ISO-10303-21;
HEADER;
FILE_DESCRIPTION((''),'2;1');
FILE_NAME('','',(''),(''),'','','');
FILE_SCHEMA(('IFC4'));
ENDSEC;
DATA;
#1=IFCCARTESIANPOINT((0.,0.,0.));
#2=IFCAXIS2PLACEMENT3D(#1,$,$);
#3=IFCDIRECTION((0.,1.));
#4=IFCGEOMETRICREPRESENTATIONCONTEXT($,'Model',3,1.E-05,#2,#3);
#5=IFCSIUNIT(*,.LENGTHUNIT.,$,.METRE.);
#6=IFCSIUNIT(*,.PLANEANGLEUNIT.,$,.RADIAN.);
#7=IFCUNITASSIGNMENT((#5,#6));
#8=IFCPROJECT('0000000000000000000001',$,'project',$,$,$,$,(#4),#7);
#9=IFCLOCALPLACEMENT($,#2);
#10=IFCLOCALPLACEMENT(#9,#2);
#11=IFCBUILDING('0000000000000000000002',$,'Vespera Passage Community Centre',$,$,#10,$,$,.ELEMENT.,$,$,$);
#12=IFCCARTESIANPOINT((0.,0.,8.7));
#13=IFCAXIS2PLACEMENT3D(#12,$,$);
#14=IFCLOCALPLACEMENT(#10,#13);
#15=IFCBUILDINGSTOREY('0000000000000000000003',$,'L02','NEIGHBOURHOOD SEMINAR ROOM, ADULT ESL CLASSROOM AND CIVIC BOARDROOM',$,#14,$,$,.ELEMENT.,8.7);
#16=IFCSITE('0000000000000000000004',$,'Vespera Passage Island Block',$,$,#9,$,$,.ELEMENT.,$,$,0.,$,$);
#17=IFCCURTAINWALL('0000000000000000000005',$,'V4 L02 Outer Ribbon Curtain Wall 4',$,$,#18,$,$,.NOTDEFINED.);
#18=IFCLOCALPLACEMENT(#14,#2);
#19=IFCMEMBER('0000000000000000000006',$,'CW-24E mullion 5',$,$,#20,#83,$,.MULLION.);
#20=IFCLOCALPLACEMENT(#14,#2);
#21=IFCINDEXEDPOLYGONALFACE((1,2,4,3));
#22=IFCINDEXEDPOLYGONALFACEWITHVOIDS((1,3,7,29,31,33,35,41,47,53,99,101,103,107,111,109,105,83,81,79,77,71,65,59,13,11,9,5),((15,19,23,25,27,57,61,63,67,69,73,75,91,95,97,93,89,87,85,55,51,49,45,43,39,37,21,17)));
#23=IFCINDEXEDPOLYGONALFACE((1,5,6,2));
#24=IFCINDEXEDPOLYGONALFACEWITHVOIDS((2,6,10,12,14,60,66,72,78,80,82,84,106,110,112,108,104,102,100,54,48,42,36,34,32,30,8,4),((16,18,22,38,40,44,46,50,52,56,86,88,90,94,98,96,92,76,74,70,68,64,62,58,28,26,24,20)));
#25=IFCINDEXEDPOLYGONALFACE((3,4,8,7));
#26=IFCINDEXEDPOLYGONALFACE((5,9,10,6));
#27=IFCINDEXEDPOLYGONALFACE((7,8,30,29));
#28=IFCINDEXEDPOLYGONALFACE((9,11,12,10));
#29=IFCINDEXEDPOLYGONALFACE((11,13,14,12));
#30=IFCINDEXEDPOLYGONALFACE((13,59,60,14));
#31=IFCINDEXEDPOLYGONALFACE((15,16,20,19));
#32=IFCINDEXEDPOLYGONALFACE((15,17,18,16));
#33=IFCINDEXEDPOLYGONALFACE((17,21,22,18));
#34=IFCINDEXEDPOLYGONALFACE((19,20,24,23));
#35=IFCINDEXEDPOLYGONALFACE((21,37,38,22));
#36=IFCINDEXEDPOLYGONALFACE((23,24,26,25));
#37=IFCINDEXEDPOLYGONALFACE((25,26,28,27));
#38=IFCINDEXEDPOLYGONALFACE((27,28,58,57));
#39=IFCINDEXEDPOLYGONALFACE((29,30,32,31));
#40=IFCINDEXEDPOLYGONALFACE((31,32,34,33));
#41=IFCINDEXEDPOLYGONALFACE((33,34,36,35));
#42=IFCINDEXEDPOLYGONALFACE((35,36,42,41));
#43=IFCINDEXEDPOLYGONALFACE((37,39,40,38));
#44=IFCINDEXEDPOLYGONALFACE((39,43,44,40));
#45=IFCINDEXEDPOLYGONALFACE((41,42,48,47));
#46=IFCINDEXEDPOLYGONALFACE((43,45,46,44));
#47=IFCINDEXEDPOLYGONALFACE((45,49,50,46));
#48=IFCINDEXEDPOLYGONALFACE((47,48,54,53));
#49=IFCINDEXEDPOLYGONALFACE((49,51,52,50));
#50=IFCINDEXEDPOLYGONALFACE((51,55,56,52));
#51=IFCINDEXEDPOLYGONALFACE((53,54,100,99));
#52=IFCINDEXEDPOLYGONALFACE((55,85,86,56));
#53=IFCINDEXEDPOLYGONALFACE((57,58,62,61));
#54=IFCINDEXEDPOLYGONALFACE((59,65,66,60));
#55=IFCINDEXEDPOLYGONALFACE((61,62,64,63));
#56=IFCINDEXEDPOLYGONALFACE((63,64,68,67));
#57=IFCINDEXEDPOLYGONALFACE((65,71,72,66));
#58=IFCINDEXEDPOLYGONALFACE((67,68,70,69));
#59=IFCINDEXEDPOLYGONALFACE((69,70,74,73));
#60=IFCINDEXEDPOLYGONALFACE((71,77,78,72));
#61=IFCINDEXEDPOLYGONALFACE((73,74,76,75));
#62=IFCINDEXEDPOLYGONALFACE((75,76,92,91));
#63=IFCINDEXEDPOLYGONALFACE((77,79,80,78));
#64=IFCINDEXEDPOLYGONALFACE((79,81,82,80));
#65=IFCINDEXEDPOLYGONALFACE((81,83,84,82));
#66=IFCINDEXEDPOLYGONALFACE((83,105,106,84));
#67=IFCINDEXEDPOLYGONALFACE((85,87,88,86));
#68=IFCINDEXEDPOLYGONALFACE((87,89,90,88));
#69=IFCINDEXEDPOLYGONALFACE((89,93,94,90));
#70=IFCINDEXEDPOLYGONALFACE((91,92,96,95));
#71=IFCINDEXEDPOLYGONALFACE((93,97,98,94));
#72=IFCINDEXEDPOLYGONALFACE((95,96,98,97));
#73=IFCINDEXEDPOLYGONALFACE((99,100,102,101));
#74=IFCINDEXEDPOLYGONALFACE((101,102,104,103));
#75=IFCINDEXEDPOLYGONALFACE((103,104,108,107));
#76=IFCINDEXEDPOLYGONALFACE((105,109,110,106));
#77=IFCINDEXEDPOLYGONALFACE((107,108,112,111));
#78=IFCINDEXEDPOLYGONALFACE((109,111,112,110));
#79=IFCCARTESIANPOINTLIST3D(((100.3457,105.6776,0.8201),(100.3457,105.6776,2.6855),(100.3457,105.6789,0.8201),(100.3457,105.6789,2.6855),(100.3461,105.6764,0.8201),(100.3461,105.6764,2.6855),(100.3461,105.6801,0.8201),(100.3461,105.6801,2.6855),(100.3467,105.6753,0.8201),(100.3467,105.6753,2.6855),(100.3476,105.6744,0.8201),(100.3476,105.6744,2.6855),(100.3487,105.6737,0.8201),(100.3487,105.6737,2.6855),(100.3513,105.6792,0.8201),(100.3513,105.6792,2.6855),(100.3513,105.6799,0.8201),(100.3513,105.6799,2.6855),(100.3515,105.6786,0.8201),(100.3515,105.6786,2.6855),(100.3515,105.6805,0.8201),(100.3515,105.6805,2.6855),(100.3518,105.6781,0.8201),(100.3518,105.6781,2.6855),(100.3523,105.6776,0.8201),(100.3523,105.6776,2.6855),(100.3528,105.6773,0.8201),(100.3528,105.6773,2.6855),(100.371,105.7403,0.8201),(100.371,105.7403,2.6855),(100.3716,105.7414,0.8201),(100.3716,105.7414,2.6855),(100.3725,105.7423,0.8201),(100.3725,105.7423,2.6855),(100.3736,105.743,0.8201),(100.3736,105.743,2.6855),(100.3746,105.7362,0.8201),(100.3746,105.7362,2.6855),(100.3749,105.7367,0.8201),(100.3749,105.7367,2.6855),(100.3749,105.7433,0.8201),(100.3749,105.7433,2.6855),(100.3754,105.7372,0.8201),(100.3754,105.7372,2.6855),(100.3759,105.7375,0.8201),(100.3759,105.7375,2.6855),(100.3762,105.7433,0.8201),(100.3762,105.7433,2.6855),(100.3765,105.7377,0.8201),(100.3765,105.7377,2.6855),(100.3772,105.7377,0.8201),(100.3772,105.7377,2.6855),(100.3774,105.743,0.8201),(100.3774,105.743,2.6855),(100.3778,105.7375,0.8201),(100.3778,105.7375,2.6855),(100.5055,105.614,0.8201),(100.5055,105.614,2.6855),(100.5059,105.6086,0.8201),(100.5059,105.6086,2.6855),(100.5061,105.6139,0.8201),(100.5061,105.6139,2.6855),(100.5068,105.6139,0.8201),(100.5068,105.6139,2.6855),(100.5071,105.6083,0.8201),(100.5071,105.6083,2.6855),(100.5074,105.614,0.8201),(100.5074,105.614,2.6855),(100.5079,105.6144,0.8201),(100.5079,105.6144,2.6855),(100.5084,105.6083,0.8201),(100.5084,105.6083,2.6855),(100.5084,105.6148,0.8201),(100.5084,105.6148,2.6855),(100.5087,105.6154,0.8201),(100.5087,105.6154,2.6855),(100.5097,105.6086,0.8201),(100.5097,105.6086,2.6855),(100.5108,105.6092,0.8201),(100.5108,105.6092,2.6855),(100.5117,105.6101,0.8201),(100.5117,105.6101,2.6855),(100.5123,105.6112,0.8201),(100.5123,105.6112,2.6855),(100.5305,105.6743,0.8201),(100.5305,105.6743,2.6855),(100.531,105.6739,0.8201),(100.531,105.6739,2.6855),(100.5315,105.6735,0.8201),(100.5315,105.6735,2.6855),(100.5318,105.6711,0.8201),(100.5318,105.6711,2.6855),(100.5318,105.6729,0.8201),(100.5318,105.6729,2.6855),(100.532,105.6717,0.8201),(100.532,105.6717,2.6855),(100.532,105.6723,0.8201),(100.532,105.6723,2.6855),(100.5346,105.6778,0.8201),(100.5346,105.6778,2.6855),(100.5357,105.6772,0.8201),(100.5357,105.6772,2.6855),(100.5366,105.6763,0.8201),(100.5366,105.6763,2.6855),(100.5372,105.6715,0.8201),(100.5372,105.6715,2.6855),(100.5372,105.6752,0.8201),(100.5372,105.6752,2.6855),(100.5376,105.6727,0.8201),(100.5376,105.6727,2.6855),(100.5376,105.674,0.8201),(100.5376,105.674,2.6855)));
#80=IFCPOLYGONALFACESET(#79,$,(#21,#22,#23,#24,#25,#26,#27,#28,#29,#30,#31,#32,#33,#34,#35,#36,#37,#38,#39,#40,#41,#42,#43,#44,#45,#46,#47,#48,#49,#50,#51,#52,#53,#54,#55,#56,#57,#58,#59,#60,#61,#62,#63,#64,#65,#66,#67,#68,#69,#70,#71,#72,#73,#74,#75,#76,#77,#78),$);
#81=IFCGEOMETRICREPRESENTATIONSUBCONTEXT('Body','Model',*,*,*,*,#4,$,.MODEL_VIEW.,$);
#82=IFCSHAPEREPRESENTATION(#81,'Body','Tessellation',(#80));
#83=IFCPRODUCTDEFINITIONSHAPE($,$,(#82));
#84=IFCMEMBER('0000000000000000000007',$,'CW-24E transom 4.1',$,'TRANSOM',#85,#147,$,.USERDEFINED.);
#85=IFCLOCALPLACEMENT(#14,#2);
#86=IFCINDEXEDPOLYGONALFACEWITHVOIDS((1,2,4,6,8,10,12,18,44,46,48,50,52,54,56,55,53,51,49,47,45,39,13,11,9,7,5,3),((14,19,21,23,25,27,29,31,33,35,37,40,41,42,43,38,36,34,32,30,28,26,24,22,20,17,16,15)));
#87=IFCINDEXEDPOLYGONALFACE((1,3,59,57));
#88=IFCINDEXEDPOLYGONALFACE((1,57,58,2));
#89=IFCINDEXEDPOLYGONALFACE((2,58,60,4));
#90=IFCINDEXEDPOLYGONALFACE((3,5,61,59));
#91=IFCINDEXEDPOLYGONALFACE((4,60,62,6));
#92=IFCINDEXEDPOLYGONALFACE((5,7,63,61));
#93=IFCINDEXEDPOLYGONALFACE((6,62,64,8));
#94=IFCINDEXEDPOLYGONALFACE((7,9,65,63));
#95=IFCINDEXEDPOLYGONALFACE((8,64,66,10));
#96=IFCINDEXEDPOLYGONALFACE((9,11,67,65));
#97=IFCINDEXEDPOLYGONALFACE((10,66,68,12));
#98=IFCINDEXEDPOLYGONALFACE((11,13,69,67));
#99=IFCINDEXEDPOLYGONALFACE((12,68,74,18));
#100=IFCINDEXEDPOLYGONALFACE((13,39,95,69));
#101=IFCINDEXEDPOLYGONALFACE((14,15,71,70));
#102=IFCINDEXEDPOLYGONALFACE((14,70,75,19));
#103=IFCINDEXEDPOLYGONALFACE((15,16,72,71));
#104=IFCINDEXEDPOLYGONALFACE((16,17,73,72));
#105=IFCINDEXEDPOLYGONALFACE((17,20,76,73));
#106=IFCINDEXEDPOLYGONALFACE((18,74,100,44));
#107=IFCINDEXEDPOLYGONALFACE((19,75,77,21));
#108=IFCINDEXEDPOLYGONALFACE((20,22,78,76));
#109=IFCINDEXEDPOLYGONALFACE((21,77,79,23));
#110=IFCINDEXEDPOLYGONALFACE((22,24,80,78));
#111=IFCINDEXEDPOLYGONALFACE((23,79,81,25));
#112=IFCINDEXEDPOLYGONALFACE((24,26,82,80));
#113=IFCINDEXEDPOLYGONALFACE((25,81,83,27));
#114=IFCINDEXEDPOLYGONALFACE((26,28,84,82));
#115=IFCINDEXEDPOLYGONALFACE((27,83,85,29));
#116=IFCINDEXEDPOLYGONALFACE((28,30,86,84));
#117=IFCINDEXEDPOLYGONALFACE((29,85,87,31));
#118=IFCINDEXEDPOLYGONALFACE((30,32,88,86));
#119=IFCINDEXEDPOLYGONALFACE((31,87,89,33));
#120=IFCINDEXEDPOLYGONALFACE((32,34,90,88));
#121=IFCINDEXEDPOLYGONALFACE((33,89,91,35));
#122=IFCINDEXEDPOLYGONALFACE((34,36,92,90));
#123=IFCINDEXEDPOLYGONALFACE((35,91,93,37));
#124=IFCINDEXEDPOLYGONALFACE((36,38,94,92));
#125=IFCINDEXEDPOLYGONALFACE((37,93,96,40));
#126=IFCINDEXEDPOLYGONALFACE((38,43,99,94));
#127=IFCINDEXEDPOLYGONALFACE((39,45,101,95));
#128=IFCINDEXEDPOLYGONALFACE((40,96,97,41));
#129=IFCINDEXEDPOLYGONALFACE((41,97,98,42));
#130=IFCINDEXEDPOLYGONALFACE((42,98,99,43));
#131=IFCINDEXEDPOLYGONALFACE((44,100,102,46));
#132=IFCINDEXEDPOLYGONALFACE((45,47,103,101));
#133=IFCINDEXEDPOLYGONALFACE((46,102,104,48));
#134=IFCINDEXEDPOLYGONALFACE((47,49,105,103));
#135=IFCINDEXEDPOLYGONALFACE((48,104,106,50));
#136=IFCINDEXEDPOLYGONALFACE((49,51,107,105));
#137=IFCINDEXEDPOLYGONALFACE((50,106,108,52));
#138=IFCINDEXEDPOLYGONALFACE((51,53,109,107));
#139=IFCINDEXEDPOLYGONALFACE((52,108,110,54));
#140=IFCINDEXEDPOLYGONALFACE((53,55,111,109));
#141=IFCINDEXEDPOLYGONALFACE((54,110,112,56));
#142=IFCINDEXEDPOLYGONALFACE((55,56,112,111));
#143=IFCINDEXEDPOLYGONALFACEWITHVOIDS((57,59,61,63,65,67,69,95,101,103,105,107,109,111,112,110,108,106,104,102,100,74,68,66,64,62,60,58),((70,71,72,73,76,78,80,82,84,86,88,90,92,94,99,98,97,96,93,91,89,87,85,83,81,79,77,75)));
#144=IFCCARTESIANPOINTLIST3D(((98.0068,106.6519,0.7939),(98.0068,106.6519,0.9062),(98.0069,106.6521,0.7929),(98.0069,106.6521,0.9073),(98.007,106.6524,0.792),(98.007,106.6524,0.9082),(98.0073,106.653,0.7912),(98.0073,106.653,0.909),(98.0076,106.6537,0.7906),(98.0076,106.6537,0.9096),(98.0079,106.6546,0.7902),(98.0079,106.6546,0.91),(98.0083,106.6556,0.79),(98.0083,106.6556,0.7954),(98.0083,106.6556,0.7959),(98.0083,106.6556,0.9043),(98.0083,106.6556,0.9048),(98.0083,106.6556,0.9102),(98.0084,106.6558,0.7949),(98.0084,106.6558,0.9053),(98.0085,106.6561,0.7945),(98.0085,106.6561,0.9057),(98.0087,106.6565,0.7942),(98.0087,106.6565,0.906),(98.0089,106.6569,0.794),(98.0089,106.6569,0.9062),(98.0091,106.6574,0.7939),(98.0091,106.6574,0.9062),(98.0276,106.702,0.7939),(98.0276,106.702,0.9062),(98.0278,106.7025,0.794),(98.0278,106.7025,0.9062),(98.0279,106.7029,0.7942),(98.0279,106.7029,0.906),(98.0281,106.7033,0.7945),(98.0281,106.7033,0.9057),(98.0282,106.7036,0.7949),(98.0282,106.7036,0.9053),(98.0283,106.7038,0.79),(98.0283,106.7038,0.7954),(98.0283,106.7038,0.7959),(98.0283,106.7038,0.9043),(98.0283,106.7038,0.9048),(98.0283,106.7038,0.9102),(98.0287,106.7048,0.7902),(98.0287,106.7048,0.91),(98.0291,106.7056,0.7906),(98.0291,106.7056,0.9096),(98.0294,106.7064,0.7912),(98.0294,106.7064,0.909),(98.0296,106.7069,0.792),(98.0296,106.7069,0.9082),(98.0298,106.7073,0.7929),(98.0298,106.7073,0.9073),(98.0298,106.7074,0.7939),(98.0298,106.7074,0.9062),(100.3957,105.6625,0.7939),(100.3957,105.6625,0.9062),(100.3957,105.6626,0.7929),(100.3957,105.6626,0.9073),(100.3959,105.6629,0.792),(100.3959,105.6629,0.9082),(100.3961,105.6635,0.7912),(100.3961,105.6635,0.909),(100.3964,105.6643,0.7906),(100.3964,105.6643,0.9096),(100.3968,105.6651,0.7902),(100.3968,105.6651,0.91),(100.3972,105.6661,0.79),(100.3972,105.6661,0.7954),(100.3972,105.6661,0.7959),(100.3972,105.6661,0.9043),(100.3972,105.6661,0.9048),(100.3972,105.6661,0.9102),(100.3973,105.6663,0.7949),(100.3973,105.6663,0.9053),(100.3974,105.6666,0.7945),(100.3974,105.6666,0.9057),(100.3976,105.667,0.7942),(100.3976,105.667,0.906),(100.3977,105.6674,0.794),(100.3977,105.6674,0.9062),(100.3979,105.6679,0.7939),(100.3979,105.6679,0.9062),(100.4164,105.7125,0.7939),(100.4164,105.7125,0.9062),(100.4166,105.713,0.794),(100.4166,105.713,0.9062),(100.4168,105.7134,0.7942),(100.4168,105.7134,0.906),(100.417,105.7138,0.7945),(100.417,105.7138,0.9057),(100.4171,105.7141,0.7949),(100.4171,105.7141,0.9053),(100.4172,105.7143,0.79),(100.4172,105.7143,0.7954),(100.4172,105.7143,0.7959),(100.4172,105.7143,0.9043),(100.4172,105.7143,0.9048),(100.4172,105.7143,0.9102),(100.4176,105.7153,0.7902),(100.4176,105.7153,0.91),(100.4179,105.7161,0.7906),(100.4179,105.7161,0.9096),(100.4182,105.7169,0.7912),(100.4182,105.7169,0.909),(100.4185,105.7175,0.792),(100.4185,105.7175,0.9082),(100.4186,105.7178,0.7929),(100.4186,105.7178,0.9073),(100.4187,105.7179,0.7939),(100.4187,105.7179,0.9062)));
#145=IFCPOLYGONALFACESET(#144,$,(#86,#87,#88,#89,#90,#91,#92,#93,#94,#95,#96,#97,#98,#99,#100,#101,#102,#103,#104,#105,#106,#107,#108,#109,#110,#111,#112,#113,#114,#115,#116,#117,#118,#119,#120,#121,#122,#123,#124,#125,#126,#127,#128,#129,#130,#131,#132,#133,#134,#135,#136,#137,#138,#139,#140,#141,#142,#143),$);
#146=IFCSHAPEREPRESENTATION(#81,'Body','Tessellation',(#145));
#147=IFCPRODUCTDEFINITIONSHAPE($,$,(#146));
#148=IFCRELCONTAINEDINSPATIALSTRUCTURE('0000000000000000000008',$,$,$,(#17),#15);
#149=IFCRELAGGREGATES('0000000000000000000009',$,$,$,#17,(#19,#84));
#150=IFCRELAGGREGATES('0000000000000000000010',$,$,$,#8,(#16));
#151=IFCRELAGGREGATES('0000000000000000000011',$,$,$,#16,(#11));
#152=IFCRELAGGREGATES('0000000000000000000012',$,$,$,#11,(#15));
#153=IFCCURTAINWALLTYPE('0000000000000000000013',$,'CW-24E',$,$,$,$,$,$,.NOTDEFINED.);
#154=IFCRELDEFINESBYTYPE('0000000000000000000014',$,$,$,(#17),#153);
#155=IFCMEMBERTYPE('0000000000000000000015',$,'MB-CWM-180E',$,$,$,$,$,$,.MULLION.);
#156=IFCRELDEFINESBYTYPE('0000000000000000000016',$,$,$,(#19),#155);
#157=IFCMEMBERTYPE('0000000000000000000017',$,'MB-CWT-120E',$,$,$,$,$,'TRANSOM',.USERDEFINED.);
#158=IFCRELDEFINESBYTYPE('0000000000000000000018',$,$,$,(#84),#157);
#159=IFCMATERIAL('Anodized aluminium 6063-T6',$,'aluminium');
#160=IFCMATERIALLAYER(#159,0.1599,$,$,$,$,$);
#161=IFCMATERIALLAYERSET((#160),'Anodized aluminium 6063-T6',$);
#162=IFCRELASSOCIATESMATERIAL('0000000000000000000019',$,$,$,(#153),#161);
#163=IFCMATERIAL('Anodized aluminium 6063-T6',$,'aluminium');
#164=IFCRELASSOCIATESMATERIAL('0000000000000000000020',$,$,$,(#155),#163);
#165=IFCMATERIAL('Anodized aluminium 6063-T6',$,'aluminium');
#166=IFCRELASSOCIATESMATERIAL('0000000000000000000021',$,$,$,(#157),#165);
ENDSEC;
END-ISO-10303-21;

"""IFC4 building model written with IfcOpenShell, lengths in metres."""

from ifc_helpers import new_model, si_unit, direction, frame, origin, origin_2d, place, context, subcontext, project, spatial, hollow_rectangle, extrude, material, layer, layer_set, material_profile, profile_set, type_object, element, aggregate, save


model = new_model("IFC4")

# Units and contexts
model_context = context("Model", 3, precision=1e-05, world=origin(), true_north=direction((0.0, 1.0)))
body_context = subcontext(model_context, "Body", "Model", "MODEL_VIEW")
ifc_project = project(units=[si_unit("LENGTHUNIT", "METRE"), si_unit("PLANEANGLEUNIT", "RADIAN")], contexts=[model_context])

# Site, building, storey
site_placement = place(None, origin())
site = spatial("IfcSite", under=ifc_project, at=site_placement, Name="Vespera Passage Island Block", CompositionType="ELEMENT", RefElevation=0.0)
building_placement = place(site_placement, origin())
building = spatial("IfcBuilding", under=site, at=building_placement, Name="Vespera Passage Community Centre", CompositionType="ELEMENT")
storey_placement = place(building_placement, frame((0.0, 0.0, 8.7)))
storey = spatial("IfcBuildingStorey", under=building, at=storey_placement, Name="L02", Description="NEIGHBOURHOOD SEMINAR ROOM, ADULT ESL CLASSROOM AND CIVIC BOARDROOM", CompositionType="ELEMENT", Elevation=8.7)

# Curtain wall, members
ifc_material_1 = material(Name="Anodized aluminium 6063-T6", Category="aluminium")
ifc_layer_1 = layer(ifc_material_1, 0.1599)
ifc_layer_set_1 = layer_set([ifc_layer_1], Name="Anodized aluminium 6063-T6")
curtain_wall_type = type_object("IfcCurtainWallType", Name="CW-24E", PredefinedType="NOTDEFINED", material=ifc_layer_set_1)
curtain_wall_placement = place(storey_placement, origin())
curtain_wall = element("IfcCurtainWall", 1, at=curtain_wall_placement, inside=storey, type_object=curtain_wall_type, Name="V4 L02 Outer Ribbon Curtain Wall 4", PredefinedType="NOTDEFINED")
ifc_material_2 = material(Name="Anodized aluminium 6063-T6", Category="aluminium")
ifc_material_profile_1 = material_profile(ifc_material_2, hollow_rectangle(XDim=0.075, YDim=0.1799, WallThickness=0.0049, InnerFilletRadius=0.0024, OuterFilletRadius=0.0049, at=origin_2d()), Name="ALU180X75X5")
ifc_profile_set_1 = profile_set([ifc_material_profile_1], Name="Anodized aluminium 6063-T6")
member_type_1 = type_object("IfcMemberType", Name="MB-CWM-180E", PredefinedType="MULLION", material=ifc_profile_set_1)
member_1_placement = place(storey_placement, frame((100.4417, 105.6758, 0.8201), z_axis=(0.0, 0.0, 1.0), x_axis=(0.382683, 0.92388, 0.0)))
member_1 = element("IfcMember", 2, at=member_1_placement, type_object=member_type_1, Name="CW-24E mullion 5", PredefinedType="MULLION", context=body_context, shape_type="SweptSolid", body=[
    extrude(hollow_rectangle(XDim=0.075, YDim=0.1799, WallThickness=0.0049, InnerFilletRadius=0.0024, OuterFilletRadius=0.0049, at=origin_2d()), origin(), (0.0, 0.0, 1.0), 1.8655),
])
ifc_material_3 = material(Name="Anodized aluminium 6063-T6", Category="aluminium")
ifc_material_profile_2 = material_profile(ifc_material_3, hollow_rectangle(XDim=0.0601, YDim=0.1201, WallThickness=0.0039, InnerFilletRadius=0.002, OuterFilletRadius=0.0039, at=origin_2d()), Name="ALU120X60X4")
ifc_profile_set_2 = profile_set([ifc_material_profile_2], Name="Anodized aluminium 6063-T6")
member_type_2 = type_object("IfcMemberType", Name="MB-CWT-120E", ElementType="TRANSOM", PredefinedType="USERDEFINED", material=ifc_profile_set_2)
member_2_placement = place(storey_placement, frame((98.0183, 106.6797, 0.8501), z_axis=(0.923882, -0.382677, 0.0), x_axis=(0.382677, 0.923882, 0.0)))
member_2 = element("IfcMember", 3, at=member_2_placement, type_object=member_type_2, Name="CW-24E transom 4.1", ObjectType="TRANSOM", PredefinedType="USERDEFINED", context=body_context, shape_type="SweptSolid", body=[
    extrude(hollow_rectangle(XDim=0.0601, YDim=0.1201, WallThickness=0.0039, InnerFilletRadius=0.002, OuterFilletRadius=0.0039, at=origin_2d()), origin(), (0.0, 0.0, 1.0), 2.5857),
])

aggregate(curtain_wall, [member_1, member_2])

save(model, "model.ifc")
